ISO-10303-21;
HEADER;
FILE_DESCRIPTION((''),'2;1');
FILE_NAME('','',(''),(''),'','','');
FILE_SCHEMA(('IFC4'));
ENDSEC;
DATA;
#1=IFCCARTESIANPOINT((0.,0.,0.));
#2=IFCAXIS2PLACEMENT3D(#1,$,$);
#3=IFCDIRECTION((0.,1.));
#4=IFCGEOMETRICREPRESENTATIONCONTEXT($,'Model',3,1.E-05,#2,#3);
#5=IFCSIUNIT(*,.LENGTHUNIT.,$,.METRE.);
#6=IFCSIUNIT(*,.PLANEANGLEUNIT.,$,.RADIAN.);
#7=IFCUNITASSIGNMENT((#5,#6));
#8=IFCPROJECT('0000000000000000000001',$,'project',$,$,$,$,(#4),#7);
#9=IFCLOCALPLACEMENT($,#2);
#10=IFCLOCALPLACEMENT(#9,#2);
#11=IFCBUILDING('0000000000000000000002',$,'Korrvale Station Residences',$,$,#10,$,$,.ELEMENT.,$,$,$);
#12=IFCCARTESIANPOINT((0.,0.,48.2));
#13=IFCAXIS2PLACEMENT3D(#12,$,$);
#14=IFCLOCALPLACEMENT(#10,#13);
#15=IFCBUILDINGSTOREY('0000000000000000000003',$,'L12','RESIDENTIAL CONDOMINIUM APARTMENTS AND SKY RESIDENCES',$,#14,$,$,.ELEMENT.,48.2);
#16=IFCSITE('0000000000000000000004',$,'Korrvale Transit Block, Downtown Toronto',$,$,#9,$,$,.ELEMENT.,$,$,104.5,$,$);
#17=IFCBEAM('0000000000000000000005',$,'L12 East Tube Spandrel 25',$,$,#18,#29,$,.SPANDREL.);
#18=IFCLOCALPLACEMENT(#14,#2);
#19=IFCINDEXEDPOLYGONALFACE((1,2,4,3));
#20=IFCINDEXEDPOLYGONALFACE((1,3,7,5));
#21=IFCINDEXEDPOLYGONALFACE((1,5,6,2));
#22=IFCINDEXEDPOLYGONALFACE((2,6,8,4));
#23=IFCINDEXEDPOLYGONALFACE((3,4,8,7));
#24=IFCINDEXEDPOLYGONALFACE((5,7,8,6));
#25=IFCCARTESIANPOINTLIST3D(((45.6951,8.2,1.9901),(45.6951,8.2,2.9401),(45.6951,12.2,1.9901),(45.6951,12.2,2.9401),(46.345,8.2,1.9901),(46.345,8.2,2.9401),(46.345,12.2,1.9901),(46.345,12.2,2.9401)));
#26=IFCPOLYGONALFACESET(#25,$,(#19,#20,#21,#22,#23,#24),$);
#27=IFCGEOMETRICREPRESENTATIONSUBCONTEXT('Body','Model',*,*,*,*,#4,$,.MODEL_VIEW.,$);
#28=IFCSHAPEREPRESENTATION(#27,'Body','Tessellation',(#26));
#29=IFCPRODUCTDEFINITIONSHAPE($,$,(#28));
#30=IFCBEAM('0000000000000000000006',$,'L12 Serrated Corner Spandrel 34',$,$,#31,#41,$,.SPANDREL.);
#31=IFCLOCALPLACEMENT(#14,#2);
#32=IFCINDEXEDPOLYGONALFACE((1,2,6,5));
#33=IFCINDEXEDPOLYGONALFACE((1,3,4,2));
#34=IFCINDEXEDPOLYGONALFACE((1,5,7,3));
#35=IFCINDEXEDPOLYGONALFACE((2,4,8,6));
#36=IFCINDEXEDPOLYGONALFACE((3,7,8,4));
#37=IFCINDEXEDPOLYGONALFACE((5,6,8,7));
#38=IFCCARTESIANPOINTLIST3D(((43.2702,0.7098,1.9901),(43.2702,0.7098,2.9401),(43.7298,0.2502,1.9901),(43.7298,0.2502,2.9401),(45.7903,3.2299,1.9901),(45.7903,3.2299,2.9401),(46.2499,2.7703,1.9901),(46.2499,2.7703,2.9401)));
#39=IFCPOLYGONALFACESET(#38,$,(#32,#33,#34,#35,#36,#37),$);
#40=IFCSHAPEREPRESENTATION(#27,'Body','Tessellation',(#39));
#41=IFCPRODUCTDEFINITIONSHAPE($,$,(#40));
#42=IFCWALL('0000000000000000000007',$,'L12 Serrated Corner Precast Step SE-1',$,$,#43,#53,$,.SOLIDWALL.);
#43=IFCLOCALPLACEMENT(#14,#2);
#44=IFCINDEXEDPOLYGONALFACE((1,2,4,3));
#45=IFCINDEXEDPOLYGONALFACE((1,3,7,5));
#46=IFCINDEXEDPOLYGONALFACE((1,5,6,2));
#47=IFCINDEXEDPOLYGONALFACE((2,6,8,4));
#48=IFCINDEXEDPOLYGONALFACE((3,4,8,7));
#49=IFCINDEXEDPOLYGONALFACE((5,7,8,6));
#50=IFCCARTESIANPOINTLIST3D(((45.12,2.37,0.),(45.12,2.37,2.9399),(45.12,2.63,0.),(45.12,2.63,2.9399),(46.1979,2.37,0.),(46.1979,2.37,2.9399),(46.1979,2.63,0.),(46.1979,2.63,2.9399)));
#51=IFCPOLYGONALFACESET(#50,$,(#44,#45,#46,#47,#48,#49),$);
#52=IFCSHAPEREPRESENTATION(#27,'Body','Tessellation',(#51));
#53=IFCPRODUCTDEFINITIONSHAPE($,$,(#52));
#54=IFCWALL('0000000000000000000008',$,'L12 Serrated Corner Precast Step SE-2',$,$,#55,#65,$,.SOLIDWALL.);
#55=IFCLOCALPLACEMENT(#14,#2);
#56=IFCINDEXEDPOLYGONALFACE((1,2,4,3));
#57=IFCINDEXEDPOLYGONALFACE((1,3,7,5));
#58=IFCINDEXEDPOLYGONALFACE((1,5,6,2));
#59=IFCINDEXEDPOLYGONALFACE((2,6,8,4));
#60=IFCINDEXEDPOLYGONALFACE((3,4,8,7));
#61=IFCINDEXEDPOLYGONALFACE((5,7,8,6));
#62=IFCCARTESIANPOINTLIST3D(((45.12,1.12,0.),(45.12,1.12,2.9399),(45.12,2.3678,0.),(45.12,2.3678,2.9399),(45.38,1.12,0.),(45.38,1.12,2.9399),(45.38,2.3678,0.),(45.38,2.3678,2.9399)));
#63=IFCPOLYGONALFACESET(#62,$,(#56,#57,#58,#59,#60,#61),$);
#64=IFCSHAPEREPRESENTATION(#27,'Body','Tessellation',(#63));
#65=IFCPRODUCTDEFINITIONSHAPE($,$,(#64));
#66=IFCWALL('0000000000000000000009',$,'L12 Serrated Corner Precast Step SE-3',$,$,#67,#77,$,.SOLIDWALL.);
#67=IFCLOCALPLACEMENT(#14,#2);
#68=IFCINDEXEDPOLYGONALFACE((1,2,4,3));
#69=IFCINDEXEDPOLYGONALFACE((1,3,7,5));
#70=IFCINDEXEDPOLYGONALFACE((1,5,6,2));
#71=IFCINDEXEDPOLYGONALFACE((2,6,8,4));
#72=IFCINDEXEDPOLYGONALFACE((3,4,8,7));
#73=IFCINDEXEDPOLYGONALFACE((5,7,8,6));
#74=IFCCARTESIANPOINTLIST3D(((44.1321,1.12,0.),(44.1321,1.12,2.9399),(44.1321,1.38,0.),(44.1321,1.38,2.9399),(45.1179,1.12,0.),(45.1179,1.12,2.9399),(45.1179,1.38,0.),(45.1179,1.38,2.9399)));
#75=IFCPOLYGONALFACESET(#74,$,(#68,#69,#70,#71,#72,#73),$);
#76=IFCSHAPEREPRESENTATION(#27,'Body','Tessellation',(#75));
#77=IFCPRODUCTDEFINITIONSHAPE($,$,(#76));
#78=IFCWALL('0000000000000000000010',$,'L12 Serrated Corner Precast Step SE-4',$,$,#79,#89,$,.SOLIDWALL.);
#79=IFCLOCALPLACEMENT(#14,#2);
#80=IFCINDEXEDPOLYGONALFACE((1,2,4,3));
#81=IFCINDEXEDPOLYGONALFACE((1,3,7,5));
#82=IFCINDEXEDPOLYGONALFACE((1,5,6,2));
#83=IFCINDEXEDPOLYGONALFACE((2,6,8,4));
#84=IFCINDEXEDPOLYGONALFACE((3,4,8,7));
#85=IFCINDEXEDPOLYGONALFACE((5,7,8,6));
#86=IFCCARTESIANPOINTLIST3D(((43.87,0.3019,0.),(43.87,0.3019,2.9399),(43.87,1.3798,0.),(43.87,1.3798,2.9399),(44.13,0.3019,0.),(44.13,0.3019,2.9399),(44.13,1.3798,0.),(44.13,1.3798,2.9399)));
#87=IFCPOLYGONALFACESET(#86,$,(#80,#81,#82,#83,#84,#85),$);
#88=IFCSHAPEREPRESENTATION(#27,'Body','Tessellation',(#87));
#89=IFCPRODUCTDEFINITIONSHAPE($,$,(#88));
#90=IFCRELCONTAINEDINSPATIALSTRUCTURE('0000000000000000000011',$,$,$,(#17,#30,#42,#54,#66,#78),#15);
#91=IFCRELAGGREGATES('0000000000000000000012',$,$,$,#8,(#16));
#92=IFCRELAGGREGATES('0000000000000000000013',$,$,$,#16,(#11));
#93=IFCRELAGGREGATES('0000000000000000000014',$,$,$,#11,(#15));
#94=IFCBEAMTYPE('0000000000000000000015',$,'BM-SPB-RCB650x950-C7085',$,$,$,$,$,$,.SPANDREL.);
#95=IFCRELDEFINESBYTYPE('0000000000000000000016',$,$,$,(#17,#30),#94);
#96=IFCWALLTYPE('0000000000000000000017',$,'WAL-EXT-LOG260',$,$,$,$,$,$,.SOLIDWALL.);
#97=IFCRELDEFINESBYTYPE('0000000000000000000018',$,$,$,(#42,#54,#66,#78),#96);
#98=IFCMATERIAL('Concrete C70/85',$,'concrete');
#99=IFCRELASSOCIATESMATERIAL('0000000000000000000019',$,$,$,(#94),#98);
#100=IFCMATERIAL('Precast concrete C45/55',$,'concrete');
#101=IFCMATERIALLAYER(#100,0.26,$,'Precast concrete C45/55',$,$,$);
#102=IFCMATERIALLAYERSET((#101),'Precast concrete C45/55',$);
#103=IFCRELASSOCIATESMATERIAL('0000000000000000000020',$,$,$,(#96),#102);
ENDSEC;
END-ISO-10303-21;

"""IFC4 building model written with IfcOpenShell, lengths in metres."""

from ifc_helpers import new_model, si_unit, direction, frame, frame_2d, origin, origin_2d, place, context, subcontext, project, spatial, rectangle, extrude, material, layer, layer_set, material_profile, profile_set, type_object, element, save


model = new_model("IFC4")

# Units and contexts
model_context = context("Model", 3, precision=1e-05, world=origin(), true_north=direction((0.0, 1.0)))
body_context = subcontext(model_context, "Body", "Model", "MODEL_VIEW")
ifc_project = project(units=[si_unit("LENGTHUNIT", "METRE"), si_unit("PLANEANGLEUNIT", "RADIAN")], contexts=[model_context])

# Site, building, storey
site_placement = place(None, origin())
site = spatial("IfcSite", under=ifc_project, at=site_placement, Name="Korrvale Transit Block, Downtown Toronto", CompositionType="ELEMENT", RefElevation=104.5)
building_placement = place(site_placement, origin())
building = spatial("IfcBuilding", under=site, at=building_placement, Name="Korrvale Station Residences", CompositionType="ELEMENT")
storey_placement = place(building_placement, frame((0.0, 0.0, 48.2)))
storey = spatial("IfcBuildingStorey", under=building, at=storey_placement, Name="L12", Description="RESIDENTIAL CONDOMINIUM APARTMENTS AND SKY RESIDENCES", CompositionType="ELEMENT", Elevation=48.2)

# Shared definitions
ifc_material_1 = material(Name="Concrete C70/85", Category="concrete")

# Beams
ifc_material_profile_1 = material_profile(ifc_material_1, rectangle(XDim=0.6499, YDim=0.95, at=origin_2d()), Name="RCB650x950")
ifc_profile_set_1 = profile_set([ifc_material_profile_1], Name="Concrete C70/85")
beam_type_1 = type_object("IfcBeamType", Name="BM-SPB-RCB650x950-C7085", PredefinedType="SPANDREL", material=ifc_profile_set_1)
beam_1_placement = place(storey_placement, frame((46.02, 8.2, 2.4651), z_axis=(0.0, 1.0, 0.0), x_axis=(-1.0, 0.0, 0.0)))
element("IfcBeam", 1, at=beam_1_placement, inside=storey, type_object=beam_type_1, Name="L12 East Tube Spandrel 25", PredefinedType="SPANDREL", context=body_context, shape_type="SweptSolid", body=[
    extrude(rectangle(XDim=0.6499, YDim=0.95, at=origin_2d()), origin(), (0.0, 0.0, 1.0), 4.0),
])
beam_2_placement = place(storey_placement, frame((43.5, 0.48, 2.4651), z_axis=(0.707107, 0.707107, 0.0), x_axis=(-0.707107, 0.707107, 0.0)))
element("IfcBeam", 2, at=beam_2_placement, inside=storey, type_object=beam_type_1, Name="L12 Serrated Corner Spandrel 34", PredefinedType="SPANDREL", context=body_context, shape_type="SweptSolid", body=[
    extrude(rectangle(XDim=0.6499, YDim=0.95, at=origin_2d()), origin(), (0.0, 0.0, 1.0), 3.564),
])

# Walls
ifc_material_2 = material(Name="Precast concrete C45/55", Category="concrete")
ifc_layer_1 = layer(ifc_material_2, 0.26, Name="Precast concrete C45/55")
ifc_layer_set_1 = layer_set([ifc_layer_1], Name="Precast concrete C45/55")
wall_type_1 = type_object("IfcWallType", Name="WAL-EXT-LOG260", PredefinedType="SOLIDWALL", material=ifc_layer_set_1)
wall_1_placement = place(storey_placement, frame((46.198, 2.5, 0.0), z_axis=(0.0, 0.0, 1.0), x_axis=(-1.0, 0.0, 0.0)))
element("IfcWall", 3, at=wall_1_placement, inside=storey, type_object=wall_type_1, Name="L12 Serrated Corner Precast Step SE-1", PredefinedType="SOLIDWALL", context=body_context, shape_type="SweptSolid", body=[
    extrude(rectangle(XDim=1.0779, YDim=0.26, at=frame_2d((0.5391, 0.0))), origin(), (0.0, 0.0, 1.0), 2.9399),
])
wall_2_placement = place(storey_placement, frame((45.25, 2.3679, 0.0), z_axis=(0.0, 0.0, 1.0), x_axis=(0.0, -1.0, 0.0)))
element("IfcWall", 4, at=wall_2_placement, inside=storey, type_object=wall_type_1, Name="L12 Serrated Corner Precast Step SE-2", PredefinedType="SOLIDWALL", context=body_context, shape_type="SweptSolid", body=[
    extrude(rectangle(XDim=1.2478, YDim=0.26, at=frame_2d((0.624, 0.0))), origin(), (0.0, 0.0, 1.0), 2.9399),
])
wall_3_placement = place(storey_placement, frame((45.1179, 1.25, 0.0), z_axis=(0.0, 0.0, 1.0), x_axis=(-1.0, 0.0, 0.0)))
element("IfcWall", 5, at=wall_3_placement, inside=storey, type_object=wall_type_1, Name="L12 Serrated Corner Precast Step SE-3", PredefinedType="SOLIDWALL", context=body_context, shape_type="SweptSolid", body=[
    extrude(rectangle(XDim=0.9858, YDim=0.26, at=frame_2d((0.4929, 0.0))), origin(), (0.0, 0.0, 1.0), 2.9399),
])
wall_4_placement = place(storey_placement, frame((44.0, 1.3799, 0.0), z_axis=(0.0, 0.0, 1.0), x_axis=(0.0, -1.0, 0.0)))
element("IfcWall", 6, at=wall_4_placement, inside=storey, type_object=wall_type_1, Name="L12 Serrated Corner Precast Step SE-4", PredefinedType="SOLIDWALL", context=body_context, shape_type="SweptSolid", body=[
    extrude(rectangle(XDim=1.0779, YDim=0.26, at=frame_2d((0.5391, 0.0))), origin(), (0.0, 0.0, 1.0), 2.9399),
])

save(model, "model.ifc")
